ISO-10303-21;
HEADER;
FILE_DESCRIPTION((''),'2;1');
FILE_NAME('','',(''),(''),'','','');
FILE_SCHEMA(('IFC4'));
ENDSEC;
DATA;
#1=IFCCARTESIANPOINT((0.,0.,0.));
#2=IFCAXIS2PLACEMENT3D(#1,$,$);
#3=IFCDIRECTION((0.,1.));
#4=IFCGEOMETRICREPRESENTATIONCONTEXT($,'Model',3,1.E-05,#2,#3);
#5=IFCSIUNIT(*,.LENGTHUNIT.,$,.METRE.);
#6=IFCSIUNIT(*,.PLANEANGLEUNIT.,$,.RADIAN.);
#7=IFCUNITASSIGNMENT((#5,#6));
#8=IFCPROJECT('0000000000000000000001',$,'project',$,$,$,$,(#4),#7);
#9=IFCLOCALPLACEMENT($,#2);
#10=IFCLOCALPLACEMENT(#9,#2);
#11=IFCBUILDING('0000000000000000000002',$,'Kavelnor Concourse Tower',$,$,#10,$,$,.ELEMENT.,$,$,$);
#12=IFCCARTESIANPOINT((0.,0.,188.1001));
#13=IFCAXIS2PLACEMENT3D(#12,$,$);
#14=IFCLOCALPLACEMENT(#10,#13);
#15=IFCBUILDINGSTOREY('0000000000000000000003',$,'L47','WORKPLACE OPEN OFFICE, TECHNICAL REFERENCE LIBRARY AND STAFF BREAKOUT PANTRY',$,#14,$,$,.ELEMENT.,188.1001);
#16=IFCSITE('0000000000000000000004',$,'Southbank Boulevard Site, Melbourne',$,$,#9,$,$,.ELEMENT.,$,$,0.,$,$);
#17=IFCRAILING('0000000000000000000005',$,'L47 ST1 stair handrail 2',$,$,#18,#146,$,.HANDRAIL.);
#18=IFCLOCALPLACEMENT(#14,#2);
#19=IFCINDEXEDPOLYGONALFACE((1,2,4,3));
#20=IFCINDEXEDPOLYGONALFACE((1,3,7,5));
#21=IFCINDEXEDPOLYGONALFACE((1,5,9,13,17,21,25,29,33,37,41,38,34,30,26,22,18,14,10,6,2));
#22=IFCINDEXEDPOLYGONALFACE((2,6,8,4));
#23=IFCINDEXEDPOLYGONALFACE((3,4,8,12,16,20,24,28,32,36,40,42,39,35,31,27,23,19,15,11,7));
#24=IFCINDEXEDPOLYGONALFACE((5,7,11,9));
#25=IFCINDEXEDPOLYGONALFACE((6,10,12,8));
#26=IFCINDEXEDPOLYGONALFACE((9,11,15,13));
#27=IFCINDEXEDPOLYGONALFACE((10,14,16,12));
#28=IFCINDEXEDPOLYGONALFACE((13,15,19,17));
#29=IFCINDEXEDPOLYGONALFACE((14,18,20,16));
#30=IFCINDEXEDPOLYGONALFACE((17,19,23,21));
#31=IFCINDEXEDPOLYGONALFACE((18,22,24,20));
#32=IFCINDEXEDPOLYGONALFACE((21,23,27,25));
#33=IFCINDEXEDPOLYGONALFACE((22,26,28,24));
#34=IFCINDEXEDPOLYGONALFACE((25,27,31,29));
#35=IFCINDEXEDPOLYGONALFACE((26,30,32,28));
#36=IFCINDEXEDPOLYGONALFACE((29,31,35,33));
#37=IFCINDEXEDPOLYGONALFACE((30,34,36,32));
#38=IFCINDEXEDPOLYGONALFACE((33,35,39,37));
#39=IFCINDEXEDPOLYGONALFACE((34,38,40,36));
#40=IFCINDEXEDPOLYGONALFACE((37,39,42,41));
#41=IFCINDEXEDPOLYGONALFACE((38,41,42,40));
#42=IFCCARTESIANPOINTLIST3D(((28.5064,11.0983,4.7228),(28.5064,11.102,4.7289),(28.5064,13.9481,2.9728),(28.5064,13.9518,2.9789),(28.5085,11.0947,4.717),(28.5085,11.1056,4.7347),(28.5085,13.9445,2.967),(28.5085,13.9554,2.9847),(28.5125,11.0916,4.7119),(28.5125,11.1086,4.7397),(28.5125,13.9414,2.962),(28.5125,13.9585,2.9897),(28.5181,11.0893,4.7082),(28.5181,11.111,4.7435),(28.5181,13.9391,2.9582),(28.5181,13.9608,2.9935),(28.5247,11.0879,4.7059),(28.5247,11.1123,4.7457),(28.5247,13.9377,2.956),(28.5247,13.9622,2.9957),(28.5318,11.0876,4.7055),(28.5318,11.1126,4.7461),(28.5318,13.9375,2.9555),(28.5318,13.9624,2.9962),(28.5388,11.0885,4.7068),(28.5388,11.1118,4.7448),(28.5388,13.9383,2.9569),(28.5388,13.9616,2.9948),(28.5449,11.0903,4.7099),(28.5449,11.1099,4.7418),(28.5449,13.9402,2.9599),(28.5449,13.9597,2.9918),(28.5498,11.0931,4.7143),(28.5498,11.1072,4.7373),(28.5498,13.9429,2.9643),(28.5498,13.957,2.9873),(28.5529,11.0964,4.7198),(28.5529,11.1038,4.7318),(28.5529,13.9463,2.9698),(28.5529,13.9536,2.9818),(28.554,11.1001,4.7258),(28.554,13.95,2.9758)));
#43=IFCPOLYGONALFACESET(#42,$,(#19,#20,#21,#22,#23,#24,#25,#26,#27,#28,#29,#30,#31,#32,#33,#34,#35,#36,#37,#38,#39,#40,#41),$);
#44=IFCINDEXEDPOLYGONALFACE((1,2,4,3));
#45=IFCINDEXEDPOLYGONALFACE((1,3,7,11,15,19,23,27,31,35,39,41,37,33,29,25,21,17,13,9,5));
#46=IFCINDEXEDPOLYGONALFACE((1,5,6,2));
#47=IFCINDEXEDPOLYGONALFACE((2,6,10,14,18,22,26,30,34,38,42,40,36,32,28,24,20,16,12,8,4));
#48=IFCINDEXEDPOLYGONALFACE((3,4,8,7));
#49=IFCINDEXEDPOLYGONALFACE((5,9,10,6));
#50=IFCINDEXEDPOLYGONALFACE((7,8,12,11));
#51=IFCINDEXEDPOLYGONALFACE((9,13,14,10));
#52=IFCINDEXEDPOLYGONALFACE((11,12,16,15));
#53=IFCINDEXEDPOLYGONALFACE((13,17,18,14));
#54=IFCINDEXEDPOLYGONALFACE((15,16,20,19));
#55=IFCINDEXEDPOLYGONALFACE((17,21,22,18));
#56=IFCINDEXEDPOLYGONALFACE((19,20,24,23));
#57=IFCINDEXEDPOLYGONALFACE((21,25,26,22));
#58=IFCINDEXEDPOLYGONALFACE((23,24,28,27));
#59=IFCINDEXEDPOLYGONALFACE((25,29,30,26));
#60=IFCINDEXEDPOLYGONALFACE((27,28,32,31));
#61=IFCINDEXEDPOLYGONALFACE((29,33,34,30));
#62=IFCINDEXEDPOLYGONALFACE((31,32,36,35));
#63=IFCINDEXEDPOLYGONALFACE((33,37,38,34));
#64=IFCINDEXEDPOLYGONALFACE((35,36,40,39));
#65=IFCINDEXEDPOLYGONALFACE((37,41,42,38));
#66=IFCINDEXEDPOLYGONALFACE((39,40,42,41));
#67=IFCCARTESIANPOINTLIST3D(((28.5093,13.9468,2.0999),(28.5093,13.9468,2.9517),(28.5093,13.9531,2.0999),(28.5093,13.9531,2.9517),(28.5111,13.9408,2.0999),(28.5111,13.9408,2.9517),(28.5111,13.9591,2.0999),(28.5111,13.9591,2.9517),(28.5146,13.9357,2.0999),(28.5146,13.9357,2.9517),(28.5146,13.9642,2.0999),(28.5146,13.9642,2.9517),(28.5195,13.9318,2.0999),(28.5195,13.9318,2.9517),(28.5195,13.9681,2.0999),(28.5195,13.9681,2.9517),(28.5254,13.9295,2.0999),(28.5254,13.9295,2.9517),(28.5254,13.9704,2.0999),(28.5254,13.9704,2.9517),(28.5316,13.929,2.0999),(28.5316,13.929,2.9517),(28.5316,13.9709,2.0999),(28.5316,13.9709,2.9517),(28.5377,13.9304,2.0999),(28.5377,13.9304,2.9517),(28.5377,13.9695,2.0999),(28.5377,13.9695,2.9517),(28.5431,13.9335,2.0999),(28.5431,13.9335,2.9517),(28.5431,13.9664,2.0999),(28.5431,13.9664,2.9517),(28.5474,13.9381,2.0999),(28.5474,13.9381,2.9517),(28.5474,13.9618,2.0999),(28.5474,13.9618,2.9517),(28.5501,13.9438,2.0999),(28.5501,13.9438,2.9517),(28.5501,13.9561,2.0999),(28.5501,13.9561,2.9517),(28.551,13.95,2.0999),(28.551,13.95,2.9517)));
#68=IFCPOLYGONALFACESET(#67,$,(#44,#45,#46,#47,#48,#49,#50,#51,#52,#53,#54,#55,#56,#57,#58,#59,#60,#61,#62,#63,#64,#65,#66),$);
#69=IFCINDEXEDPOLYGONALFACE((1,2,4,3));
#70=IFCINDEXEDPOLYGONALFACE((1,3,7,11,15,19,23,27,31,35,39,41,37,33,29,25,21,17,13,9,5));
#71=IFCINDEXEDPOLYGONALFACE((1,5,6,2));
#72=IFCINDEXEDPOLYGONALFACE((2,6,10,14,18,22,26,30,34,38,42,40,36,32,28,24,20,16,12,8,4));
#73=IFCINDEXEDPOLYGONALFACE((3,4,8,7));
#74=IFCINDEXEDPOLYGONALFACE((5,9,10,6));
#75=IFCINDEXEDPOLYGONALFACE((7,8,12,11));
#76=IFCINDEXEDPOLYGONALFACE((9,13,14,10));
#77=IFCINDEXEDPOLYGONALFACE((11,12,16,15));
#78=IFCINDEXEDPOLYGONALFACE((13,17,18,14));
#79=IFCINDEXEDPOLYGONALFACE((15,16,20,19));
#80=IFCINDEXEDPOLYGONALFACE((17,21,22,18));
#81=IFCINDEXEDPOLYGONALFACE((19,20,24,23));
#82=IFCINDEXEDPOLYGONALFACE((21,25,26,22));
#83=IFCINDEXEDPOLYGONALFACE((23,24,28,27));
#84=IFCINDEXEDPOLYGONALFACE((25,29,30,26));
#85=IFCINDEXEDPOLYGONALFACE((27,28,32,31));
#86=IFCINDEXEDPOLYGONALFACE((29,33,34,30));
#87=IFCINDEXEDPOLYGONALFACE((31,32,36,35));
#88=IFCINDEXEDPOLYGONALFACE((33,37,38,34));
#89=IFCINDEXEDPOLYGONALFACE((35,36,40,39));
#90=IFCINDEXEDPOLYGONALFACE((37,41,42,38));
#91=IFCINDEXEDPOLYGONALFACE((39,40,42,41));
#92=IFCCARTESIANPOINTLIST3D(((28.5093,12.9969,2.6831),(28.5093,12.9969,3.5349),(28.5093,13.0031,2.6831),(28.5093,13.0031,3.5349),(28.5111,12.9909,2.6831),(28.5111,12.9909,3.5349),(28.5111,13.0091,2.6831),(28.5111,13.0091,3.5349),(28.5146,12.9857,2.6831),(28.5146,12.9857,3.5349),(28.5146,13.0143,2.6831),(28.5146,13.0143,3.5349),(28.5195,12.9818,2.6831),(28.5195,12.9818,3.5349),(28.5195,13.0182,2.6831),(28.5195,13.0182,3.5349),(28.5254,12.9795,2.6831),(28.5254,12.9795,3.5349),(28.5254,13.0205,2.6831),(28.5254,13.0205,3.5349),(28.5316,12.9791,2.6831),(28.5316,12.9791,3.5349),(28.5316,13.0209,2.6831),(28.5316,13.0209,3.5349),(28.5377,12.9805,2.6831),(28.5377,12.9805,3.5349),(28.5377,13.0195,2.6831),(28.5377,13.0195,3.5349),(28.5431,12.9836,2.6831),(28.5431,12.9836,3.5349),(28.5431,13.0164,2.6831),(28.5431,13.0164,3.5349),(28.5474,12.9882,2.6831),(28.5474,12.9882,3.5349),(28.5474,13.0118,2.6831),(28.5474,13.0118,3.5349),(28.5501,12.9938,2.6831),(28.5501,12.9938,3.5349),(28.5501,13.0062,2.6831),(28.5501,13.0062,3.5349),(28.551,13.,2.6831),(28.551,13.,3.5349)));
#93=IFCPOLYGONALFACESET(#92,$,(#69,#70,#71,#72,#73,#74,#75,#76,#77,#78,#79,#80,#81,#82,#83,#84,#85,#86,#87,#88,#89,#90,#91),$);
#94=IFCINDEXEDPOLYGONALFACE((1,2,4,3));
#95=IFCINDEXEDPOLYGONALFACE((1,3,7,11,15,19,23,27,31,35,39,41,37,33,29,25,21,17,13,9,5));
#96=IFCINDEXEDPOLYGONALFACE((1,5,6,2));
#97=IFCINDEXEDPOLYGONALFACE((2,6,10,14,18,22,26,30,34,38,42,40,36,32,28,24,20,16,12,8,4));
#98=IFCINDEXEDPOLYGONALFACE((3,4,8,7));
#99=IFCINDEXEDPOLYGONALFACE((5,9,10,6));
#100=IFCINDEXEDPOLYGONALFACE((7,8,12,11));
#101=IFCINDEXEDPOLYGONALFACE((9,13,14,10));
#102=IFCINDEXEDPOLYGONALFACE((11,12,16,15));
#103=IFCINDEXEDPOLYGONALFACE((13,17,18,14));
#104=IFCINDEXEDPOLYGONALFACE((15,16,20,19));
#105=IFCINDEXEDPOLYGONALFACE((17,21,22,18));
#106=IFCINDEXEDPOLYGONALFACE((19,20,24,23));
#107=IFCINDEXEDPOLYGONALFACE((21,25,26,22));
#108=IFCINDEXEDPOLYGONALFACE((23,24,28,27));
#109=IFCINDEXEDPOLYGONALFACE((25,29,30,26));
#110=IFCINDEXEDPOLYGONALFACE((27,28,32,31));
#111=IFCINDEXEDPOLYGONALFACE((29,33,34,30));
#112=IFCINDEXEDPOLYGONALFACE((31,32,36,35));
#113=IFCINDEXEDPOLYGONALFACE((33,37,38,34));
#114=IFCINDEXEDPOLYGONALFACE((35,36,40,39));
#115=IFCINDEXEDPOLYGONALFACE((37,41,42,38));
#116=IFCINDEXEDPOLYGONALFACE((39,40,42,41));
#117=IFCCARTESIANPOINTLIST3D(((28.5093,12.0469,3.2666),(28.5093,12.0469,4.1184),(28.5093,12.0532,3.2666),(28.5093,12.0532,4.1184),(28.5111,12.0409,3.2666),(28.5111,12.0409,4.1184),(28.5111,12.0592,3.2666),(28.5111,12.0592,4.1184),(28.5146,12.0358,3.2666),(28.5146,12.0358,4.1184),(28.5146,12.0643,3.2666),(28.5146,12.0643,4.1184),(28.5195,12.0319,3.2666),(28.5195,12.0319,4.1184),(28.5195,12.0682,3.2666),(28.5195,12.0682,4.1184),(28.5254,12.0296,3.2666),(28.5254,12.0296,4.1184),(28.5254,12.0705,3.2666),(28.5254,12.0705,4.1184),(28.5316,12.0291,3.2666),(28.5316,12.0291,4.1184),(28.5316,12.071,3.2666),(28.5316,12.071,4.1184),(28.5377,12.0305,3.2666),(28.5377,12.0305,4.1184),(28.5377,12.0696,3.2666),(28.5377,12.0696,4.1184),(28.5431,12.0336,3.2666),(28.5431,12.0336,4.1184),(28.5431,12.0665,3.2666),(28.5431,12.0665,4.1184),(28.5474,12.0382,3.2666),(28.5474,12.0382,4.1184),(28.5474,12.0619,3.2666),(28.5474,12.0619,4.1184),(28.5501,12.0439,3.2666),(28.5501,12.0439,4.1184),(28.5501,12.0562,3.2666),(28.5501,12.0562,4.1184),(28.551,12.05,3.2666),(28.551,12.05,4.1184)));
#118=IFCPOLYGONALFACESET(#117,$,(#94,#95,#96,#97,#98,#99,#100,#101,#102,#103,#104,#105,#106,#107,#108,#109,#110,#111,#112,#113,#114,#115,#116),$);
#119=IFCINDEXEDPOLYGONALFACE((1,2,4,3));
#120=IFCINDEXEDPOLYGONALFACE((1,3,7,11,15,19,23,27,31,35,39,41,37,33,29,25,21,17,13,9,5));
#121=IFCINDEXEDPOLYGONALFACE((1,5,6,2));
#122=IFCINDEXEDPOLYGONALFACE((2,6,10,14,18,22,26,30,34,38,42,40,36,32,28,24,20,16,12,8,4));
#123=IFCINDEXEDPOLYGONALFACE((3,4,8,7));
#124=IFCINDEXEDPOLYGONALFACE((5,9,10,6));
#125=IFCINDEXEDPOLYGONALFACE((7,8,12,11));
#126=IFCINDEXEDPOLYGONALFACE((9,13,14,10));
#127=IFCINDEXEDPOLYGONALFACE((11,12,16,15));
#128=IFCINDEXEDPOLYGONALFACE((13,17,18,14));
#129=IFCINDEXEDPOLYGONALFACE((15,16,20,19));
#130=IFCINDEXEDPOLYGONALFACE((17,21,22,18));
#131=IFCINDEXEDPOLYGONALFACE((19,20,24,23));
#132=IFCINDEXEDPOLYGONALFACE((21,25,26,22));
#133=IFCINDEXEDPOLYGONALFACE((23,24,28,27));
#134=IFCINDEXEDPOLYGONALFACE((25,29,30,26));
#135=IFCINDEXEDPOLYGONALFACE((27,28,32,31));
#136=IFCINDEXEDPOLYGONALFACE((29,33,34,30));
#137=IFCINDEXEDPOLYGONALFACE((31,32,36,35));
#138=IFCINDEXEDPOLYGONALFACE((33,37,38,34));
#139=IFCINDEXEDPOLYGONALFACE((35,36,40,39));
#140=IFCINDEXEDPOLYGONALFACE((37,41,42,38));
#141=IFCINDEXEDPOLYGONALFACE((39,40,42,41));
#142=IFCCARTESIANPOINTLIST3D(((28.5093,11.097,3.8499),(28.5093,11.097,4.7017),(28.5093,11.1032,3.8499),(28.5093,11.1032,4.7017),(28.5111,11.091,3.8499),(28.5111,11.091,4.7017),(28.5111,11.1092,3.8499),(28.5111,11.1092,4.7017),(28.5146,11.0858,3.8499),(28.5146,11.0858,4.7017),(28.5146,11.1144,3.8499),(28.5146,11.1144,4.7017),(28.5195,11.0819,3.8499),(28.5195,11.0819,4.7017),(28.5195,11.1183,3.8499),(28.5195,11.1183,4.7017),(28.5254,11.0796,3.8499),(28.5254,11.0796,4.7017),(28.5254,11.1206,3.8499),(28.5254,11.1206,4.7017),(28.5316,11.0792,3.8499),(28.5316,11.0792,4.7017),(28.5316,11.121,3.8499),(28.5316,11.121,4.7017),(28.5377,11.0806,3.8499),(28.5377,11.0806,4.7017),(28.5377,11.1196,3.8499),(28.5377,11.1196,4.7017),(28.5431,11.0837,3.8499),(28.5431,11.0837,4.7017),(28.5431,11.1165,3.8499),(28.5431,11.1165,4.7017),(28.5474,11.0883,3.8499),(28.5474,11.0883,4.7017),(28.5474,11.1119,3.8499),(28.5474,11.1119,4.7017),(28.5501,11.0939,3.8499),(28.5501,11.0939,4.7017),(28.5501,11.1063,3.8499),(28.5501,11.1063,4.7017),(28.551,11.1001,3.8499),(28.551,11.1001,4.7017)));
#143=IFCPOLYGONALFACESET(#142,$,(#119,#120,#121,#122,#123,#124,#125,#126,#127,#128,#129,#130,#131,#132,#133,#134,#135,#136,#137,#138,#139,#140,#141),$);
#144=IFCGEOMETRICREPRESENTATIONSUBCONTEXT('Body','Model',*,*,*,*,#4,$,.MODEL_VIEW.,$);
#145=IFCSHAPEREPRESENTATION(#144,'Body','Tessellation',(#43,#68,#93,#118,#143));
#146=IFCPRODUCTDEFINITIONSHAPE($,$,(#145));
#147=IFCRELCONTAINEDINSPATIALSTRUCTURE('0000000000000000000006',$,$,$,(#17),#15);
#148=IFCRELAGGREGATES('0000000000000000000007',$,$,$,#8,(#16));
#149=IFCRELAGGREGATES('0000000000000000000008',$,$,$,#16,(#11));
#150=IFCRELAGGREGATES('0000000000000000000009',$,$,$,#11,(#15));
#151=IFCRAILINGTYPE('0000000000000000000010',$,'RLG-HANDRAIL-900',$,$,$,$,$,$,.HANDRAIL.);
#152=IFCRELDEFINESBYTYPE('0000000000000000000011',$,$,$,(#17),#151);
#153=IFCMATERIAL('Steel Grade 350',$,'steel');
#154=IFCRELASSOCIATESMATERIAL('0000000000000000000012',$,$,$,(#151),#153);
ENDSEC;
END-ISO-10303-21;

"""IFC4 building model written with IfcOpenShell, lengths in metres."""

from ifc_helpers import new_model, si_unit, direction, frame, origin, origin_2d, place, context, subcontext, project, spatial, circle, extrude, material, type_object, element, save


model = new_model("IFC4")

# Units and contexts
model_context = context("Model", 3, precision=1e-05, world=origin(), true_north=direction((0.0, 1.0)))
body_context = subcontext(model_context, "Body", "Model", "MODEL_VIEW")
ifc_project = project(units=[si_unit("LENGTHUNIT", "METRE"), si_unit("PLANEANGLEUNIT", "RADIAN")], contexts=[model_context])

# Site, building, storey
site_placement = place(None, origin())
site = spatial("IfcSite", under=ifc_project, at=site_placement, Name="Southbank Boulevard Site, Melbourne", CompositionType="ELEMENT", RefElevation=0.0)
building_placement = place(site_placement, origin())
building = spatial("IfcBuilding", under=site, at=building_placement, Name="Kavelnor Concourse Tower", CompositionType="ELEMENT")
storey_placement = place(building_placement, frame((0.0, 0.0, 188.1001)))
storey = spatial("IfcBuildingStorey", under=building, at=storey_placement, Name="L47", Description="WORKPLACE OPEN OFFICE, TECHNICAL REFERENCE LIBRARY AND STAFF BREAKOUT PANTRY", CompositionType="ELEMENT", Elevation=188.1001)

# Shared definitions
ifc_material_1 = material(Name="Steel Grade 350", Category="steel")

# Railing
railing_type_1 = type_object("IfcRailingType", Name="RLG-HANDRAIL-900", PredefinedType="HANDRAIL", material=ifc_material_1)
railing_1_placement = place(storey_placement, frame((28.53, 13.95, 2.0999)))
element("IfcRailing", 1, at=railing_1_placement, inside=storey, type_object=railing_type_1, Name="L47 ST1 stair handrail 2", PredefinedType="HANDRAIL", context=body_context, shape_type="SweptSolid", body=[
    extrude(circle(Radius=0.0239, at=origin_2d()), frame((0.0, 0.0, 0.876), z_axis=(0.0, -0.852159, 0.523283), x_axis=(1.0, 0.0, 0.0)), (0.0, 0.0, 1.0), 3.3442),
    extrude(circle(Radius=0.021, at=origin_2d()), origin(), (0.0, 0.0, 1.0), 0.8518),
    extrude(circle(Radius=0.021, at=origin_2d()), frame((0.0, -0.95, 0.5833)), (0.0, 0.0, 1.0), 0.8518),
    extrude(circle(Radius=0.021, at=origin_2d()), frame((0.0, -1.8999, 1.1667)), (0.0, 0.0, 1.0), 0.8518),
    extrude(circle(Radius=0.021, at=origin_2d()), frame((0.0, -2.8499, 1.75)), (0.0, 0.0, 1.0), 0.8518),
])

save(model, "model.ifc")
